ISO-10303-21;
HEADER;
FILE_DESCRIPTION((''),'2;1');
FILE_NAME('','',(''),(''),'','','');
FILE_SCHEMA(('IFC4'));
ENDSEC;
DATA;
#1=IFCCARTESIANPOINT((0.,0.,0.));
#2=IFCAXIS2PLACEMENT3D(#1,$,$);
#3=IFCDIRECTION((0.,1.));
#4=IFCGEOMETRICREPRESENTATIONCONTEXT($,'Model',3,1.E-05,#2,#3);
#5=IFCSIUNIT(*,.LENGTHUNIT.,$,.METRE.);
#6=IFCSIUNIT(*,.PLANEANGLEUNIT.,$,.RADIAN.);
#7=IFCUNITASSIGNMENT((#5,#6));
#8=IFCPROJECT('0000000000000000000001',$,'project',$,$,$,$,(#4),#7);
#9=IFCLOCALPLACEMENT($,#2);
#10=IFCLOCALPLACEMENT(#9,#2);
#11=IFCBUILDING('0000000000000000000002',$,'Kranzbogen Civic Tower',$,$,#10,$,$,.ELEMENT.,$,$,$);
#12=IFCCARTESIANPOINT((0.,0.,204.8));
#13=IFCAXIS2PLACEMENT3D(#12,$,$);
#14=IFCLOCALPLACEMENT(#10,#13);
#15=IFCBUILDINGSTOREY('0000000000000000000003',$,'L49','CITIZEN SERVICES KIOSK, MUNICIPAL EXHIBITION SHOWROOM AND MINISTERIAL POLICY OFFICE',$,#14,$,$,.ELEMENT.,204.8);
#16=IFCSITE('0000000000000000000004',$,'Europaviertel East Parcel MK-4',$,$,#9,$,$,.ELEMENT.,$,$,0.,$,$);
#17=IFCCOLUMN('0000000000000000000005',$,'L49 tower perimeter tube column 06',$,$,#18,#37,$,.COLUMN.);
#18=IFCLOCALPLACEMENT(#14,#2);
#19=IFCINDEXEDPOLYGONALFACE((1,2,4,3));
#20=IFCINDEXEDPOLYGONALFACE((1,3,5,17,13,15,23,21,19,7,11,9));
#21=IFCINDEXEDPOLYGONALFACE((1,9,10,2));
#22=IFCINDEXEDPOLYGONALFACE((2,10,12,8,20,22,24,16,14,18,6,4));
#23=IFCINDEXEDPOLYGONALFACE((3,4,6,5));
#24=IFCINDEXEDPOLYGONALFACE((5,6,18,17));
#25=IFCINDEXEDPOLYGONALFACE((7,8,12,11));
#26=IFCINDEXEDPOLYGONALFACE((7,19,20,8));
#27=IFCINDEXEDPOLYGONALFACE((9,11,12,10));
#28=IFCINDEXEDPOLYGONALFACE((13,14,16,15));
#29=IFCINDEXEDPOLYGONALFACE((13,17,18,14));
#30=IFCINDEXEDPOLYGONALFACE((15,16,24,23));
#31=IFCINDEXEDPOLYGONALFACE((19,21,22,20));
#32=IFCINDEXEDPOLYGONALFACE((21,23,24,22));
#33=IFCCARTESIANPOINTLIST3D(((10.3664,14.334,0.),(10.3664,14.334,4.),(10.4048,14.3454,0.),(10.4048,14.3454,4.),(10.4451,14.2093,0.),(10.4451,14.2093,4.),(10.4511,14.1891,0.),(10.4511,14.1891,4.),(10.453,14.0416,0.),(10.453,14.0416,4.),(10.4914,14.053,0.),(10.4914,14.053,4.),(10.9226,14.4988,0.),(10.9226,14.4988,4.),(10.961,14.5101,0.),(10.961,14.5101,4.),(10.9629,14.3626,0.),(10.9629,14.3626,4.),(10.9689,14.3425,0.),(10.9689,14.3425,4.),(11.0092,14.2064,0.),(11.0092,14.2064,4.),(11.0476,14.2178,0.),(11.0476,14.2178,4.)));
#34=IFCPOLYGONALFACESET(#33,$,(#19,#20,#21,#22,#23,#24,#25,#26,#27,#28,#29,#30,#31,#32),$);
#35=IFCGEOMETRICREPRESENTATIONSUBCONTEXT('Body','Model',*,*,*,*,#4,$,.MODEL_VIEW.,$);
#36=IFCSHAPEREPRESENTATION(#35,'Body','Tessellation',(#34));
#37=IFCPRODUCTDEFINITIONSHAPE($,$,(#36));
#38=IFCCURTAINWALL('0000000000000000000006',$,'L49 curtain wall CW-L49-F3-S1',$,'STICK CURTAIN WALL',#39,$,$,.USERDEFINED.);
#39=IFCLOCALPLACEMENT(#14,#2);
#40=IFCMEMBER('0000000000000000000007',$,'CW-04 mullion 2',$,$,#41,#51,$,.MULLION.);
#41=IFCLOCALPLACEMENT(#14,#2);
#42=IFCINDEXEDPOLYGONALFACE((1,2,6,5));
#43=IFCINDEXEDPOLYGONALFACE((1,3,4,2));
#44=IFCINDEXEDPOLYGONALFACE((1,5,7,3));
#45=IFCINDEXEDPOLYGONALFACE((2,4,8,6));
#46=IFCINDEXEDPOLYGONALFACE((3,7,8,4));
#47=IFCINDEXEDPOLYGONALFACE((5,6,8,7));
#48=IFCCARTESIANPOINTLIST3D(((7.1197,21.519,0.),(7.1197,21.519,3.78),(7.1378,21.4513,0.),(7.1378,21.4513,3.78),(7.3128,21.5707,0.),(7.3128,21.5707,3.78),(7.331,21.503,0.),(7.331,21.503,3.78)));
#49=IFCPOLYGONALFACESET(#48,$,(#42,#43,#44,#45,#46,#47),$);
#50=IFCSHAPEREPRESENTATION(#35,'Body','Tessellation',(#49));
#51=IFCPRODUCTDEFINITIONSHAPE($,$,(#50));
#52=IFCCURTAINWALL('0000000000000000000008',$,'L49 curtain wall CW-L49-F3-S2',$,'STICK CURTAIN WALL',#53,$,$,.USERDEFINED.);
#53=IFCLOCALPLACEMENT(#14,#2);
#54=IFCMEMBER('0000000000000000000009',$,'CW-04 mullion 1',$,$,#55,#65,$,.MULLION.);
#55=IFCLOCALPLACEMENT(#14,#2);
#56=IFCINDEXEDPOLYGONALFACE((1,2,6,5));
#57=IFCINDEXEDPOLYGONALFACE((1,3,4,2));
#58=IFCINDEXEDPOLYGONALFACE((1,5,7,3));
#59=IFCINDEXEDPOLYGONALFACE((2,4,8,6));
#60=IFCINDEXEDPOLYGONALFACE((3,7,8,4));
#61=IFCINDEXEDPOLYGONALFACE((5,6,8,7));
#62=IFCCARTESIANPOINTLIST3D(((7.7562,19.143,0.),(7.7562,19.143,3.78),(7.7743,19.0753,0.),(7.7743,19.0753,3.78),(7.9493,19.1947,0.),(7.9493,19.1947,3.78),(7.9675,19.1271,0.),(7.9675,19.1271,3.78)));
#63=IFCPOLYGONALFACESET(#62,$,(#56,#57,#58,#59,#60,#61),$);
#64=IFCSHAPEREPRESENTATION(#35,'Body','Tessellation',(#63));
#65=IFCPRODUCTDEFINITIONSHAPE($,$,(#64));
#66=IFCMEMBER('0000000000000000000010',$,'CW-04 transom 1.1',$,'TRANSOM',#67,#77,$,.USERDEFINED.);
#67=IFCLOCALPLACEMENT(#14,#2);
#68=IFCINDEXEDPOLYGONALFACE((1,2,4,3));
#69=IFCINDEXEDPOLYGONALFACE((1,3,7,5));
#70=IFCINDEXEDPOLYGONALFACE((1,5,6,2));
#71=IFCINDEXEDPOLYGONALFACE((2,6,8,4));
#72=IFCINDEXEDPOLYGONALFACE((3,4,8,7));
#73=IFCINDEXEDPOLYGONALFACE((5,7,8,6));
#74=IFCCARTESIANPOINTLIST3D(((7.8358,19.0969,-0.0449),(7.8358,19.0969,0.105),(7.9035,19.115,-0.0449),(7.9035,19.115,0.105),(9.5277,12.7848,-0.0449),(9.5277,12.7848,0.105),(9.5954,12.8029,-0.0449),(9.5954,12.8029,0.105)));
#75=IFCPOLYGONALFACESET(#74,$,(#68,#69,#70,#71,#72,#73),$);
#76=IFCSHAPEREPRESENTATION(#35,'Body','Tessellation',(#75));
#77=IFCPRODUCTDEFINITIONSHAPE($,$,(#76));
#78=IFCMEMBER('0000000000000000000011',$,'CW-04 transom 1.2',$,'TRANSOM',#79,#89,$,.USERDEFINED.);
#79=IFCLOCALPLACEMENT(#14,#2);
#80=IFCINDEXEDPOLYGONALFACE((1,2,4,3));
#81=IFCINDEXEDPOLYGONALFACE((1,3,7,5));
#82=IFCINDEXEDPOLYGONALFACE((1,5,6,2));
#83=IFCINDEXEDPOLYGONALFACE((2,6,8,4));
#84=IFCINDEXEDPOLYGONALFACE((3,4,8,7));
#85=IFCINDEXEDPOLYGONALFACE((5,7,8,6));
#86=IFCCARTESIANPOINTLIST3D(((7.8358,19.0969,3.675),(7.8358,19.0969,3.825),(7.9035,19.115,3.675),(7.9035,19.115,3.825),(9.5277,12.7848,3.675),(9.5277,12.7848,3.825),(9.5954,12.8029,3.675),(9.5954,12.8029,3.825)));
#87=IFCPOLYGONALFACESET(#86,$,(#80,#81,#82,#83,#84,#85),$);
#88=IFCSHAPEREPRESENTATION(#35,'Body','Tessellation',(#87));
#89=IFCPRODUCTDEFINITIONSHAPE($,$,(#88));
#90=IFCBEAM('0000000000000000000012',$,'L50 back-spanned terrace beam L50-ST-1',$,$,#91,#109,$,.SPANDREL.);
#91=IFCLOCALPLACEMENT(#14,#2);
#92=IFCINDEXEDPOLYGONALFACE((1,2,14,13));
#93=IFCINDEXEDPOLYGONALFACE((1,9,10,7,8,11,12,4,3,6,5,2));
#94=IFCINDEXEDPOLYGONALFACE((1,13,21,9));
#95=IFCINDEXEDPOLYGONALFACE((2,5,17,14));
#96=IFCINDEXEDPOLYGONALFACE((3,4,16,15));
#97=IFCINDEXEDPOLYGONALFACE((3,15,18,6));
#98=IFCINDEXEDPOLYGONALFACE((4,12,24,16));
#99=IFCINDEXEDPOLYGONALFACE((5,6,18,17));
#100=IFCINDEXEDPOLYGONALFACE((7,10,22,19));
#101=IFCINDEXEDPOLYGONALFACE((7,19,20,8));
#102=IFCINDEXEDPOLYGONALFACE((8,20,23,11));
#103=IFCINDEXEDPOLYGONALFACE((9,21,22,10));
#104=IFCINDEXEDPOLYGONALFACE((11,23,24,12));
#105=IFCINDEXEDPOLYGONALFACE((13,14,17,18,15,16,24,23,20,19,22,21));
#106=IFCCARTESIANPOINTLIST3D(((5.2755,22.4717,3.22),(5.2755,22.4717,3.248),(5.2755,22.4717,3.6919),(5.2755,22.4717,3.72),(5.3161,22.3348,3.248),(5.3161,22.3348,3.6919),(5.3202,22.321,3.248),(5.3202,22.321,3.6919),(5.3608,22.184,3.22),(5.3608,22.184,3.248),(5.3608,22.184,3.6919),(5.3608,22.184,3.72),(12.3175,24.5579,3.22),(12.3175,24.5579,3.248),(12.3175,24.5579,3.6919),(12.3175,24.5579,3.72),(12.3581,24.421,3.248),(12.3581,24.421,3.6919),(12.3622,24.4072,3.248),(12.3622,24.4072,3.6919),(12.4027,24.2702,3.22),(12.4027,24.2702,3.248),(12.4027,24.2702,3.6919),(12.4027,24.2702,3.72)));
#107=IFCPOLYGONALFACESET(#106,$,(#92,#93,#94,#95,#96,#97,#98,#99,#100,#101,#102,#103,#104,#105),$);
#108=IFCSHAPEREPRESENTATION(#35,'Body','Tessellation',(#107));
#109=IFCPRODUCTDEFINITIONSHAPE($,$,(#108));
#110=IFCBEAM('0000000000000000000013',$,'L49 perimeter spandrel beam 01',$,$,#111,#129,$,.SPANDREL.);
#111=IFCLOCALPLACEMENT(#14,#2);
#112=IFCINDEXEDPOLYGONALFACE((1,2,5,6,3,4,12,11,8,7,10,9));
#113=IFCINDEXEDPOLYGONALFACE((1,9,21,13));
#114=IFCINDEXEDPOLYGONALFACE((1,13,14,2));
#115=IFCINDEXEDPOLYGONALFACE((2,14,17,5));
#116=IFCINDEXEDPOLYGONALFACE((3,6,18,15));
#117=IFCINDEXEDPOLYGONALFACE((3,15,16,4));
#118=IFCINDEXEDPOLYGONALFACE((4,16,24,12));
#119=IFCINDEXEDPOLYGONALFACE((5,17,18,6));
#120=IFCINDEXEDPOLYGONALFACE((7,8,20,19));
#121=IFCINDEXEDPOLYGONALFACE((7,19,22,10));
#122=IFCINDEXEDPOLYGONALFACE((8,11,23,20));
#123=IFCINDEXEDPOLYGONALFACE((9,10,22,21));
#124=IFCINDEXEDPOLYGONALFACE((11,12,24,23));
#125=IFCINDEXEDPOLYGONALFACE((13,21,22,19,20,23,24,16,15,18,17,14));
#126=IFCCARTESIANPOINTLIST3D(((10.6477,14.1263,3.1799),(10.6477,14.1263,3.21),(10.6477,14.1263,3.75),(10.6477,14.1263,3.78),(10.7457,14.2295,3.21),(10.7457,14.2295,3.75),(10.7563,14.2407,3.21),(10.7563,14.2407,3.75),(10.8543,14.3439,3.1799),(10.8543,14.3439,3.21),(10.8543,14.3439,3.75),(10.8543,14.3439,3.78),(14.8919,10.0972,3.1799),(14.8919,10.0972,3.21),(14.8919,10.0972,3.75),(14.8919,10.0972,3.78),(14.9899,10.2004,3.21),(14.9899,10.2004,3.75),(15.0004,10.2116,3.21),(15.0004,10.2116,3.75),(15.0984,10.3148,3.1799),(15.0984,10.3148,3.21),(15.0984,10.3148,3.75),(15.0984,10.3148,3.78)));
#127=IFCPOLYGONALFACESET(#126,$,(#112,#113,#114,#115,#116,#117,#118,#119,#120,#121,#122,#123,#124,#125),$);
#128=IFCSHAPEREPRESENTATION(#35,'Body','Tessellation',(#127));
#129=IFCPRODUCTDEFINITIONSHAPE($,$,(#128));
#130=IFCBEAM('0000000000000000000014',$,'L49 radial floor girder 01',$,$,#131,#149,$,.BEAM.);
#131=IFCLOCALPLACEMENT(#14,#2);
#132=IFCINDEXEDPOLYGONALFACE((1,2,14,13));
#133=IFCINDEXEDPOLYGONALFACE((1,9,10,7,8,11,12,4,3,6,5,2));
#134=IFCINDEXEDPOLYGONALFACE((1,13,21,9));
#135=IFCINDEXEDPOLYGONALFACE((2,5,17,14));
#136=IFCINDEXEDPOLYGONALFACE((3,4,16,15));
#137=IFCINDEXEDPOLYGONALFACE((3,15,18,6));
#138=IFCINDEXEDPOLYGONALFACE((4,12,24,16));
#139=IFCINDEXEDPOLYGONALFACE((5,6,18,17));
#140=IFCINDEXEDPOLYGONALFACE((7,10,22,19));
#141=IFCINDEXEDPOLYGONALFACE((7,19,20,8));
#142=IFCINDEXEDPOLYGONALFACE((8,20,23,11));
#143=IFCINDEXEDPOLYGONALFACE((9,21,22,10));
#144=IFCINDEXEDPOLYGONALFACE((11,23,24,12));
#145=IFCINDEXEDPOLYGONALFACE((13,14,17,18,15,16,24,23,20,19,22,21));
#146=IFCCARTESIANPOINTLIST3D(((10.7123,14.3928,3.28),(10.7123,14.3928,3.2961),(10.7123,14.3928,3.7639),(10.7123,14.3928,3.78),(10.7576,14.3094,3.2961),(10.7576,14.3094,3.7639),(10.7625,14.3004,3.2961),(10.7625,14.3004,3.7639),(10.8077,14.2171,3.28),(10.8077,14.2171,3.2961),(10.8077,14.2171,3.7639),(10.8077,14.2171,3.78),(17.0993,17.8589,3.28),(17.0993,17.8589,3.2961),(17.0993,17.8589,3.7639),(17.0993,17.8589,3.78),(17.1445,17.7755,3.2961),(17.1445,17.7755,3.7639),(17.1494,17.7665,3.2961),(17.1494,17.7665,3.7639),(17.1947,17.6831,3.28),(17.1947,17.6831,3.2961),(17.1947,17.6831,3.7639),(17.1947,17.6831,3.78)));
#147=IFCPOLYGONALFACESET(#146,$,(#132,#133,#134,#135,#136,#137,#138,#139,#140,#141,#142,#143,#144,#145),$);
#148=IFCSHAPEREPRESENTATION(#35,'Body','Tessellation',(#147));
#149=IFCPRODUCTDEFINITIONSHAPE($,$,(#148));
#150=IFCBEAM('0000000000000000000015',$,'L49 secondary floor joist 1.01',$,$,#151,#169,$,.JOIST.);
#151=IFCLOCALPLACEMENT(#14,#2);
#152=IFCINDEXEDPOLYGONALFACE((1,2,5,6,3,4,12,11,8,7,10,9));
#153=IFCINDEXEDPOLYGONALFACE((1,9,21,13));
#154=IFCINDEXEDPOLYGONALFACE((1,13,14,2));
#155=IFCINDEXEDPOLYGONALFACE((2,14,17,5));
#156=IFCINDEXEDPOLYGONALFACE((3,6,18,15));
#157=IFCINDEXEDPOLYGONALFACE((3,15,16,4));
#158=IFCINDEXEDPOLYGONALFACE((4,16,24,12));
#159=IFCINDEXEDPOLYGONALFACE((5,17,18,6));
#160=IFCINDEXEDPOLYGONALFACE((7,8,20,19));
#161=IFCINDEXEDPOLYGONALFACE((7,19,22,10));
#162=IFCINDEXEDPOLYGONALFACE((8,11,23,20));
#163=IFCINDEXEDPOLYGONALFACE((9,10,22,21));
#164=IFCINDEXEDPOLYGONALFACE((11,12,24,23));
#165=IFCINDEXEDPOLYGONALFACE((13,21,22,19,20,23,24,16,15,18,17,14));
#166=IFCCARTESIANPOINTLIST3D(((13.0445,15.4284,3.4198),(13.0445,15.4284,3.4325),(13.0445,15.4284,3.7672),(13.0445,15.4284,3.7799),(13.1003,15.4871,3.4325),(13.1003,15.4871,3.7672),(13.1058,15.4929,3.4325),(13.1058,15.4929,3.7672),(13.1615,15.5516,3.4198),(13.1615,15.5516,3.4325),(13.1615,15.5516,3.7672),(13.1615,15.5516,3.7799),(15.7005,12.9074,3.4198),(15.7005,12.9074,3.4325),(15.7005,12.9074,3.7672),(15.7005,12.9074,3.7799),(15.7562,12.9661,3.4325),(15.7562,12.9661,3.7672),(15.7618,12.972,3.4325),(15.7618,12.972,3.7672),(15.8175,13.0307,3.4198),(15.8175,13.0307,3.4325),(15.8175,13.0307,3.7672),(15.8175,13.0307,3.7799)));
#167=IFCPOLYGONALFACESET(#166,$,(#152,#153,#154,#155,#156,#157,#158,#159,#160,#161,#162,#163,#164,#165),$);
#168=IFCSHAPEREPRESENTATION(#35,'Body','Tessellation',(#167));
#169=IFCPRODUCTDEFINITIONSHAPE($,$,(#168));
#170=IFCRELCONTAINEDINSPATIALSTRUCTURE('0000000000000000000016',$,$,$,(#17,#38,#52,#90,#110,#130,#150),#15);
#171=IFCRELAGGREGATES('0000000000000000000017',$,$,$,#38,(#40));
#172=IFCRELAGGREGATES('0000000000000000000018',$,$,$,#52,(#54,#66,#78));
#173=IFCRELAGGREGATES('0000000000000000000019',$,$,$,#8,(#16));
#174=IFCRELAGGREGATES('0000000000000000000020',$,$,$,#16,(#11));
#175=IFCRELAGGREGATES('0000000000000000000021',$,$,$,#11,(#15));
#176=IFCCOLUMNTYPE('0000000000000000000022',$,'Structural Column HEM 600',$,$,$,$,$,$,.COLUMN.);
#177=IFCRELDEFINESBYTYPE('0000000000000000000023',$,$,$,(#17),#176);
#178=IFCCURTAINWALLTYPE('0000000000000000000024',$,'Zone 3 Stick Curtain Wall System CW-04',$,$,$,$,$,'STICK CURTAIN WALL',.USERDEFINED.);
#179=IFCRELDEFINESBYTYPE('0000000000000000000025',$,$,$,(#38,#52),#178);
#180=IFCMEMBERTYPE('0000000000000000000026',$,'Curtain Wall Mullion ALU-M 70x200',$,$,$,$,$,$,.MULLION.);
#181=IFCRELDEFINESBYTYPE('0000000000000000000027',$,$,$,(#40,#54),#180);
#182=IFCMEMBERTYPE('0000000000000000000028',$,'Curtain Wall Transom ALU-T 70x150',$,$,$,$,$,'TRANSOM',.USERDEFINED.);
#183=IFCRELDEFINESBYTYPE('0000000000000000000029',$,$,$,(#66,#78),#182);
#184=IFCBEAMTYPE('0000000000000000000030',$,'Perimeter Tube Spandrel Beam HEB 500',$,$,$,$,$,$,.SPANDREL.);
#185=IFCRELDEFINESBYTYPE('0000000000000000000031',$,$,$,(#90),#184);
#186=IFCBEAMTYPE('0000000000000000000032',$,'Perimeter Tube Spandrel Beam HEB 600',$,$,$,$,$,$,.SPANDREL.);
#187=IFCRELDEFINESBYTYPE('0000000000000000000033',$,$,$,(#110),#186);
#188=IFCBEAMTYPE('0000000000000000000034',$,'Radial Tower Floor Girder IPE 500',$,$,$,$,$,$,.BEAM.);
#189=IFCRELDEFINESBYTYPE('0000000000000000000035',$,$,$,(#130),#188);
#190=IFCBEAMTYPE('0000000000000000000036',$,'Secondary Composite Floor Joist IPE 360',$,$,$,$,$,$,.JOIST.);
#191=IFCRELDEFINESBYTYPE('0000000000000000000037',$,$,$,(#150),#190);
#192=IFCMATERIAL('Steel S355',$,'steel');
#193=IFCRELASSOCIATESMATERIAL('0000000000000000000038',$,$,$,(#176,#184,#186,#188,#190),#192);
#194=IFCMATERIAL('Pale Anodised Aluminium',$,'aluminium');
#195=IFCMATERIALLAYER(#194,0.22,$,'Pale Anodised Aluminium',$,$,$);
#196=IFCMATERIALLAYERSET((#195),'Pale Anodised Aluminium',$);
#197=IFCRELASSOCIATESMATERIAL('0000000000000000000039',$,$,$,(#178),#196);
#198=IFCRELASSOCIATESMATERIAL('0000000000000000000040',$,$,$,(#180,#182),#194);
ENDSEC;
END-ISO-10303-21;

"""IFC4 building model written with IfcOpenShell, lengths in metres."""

from ifc_helpers import new_model, si_unit, direction, frame, origin, origin_2d, place, context, subcontext, project, spatial, rectangle, i_section, extrude, material, layer, layer_set, material_profile, profile_set, type_object, element, aggregate, save


model = new_model("IFC4")

# Units and contexts
model_context = context("Model", 3, precision=1e-05, world=origin(), true_north=direction((0.0, 1.0)))
body_context = subcontext(model_context, "Body", "Model", "MODEL_VIEW")
ifc_project = project(units=[si_unit("LENGTHUNIT", "METRE"), si_unit("PLANEANGLEUNIT", "RADIAN")], contexts=[model_context])

# Site, building, storey
site_placement = place(None, origin())
site = spatial("IfcSite", under=ifc_project, at=site_placement, Name="Europaviertel East Parcel MK-4", CompositionType="ELEMENT", RefElevation=0.0)
building_placement = place(site_placement, origin())
building = spatial("IfcBuilding", under=site, at=building_placement, Name="Kranzbogen Civic Tower", CompositionType="ELEMENT")
storey_placement = place(building_placement, frame((0.0, 0.0, 204.8)))
storey = spatial("IfcBuildingStorey", under=building, at=storey_placement, Name="L49", Description="CITIZEN SERVICES KIOSK, MUNICIPAL EXHIBITION SHOWROOM AND MINISTERIAL POLICY OFFICE", CompositionType="ELEMENT", Elevation=204.8)

# Column
ifc_material_1 = material(Name="Steel S355", Category="steel")
ifc_material_profile_1 = material_profile(ifc_material_1, i_section(OverallWidth=0.3049, OverallDepth=0.6201, WebThickness=0.021, FlangeThickness=0.04, at=origin_2d()), Name="HEM 600")
ifc_profile_set_1 = profile_set([ifc_material_profile_1], Name="Steel S355")
column_type = type_object("IfcColumnType", Name="Structural Column HEM 600", PredefinedType="COLUMN", material=ifc_profile_set_1)
column_placement = place(storey_placement, frame((10.707, 14.2759, 0.0), z_axis=(0.0, 0.0, 1.0), x_axis=(-0.284015, 0.95882, 0.0)))
element("IfcColumn", 1, at=column_placement, inside=storey, type_object=column_type, Name="L49 tower perimeter tube column 06", PredefinedType="COLUMN", context=body_context, shape_type="SweptSolid", body=[
    extrude(i_section(OverallWidth=0.3049, OverallDepth=0.6201, WebThickness=0.021, FlangeThickness=0.04, at=origin_2d()), origin(), (0.0, 0.0, 1.0), 4.0),
])

# Curtain wall, member
ifc_material_2 = material(Name="Pale Anodised Aluminium", Category="aluminium")
ifc_layer_1 = layer(ifc_material_2, 0.22, Name="Pale Anodised Aluminium")
ifc_layer_set_1 = layer_set([ifc_layer_1], Name="Pale Anodised Aluminium")
curtain_wall_type = type_object("IfcCurtainWallType", Name="Zone 3 Stick Curtain Wall System CW-04", ElementType="STICK CURTAIN WALL", PredefinedType="USERDEFINED", material=ifc_layer_set_1)
curtain_wall_1_placement = place(storey_placement, origin())
curtain_wall_1 = element("IfcCurtainWall", 2, at=curtain_wall_1_placement, inside=storey, type_object=curtain_wall_type, Name="L49 curtain wall CW-L49-F3-S1", ObjectType="STICK CURTAIN WALL", PredefinedType="USERDEFINED")
ifc_material_profile_2 = material_profile(ifc_material_2, rectangle(XDim=0.0701, YDim=0.2, at=origin_2d()), Name="ALU-M 70x200")
ifc_profile_set_2 = profile_set([ifc_material_profile_2], Name="Pale Anodised Aluminium")
member_type_1 = type_object("IfcMemberType", Name="Curtain Wall Mullion ALU-M 70x200", PredefinedType="MULLION", material=ifc_profile_set_2)
member_1_placement = place(storey_placement, frame((7.2253, 21.511, 0.0), z_axis=(0.0, 0.0, 1.0), x_axis=(0.258804, -0.96593, 0.0)))
member_1 = element("IfcMember", 3, at=member_1_placement, type_object=member_type_1, Name="CW-04 mullion 2", PredefinedType="MULLION", context=body_context, shape_type="SweptSolid", body=[
    extrude(rectangle(XDim=0.0701, YDim=0.2, at=origin_2d()), origin(), (0.0, 0.0, 1.0), 3.78),
])
aggregate(curtain_wall_1, [member_1])

# Curtain wall, members
curtain_wall_2_placement = place(storey_placement, origin())
curtain_wall_2 = element("IfcCurtainWall", 4, at=curtain_wall_2_placement, inside=storey, type_object=curtain_wall_type, Name="L49 curtain wall CW-L49-F3-S2", ObjectType="STICK CURTAIN WALL", PredefinedType="USERDEFINED")
member_2_placement = place(storey_placement, frame((7.8618, 19.135, 0.0), z_axis=(0.0, 0.0, 1.0), x_axis=(0.258906, -0.965902, 0.0)))
member_2 = element("IfcMember", 5, at=member_2_placement, type_object=member_type_1, Name="CW-04 mullion 1", PredefinedType="MULLION", context=body_context, shape_type="SweptSolid", body=[
    extrude(rectangle(XDim=0.0701, YDim=0.2, at=origin_2d()), origin(), (0.0, 0.0, 1.0), 3.78),
])
ifc_material_profile_3 = material_profile(ifc_material_2, rectangle(XDim=0.0701, YDim=0.1499, at=origin_2d()), Name="ALU-T 70x150")
ifc_profile_set_3 = profile_set([ifc_material_profile_3], Name="Pale Anodised Aluminium")
member_type_2 = type_object("IfcMemberType", Name="Curtain Wall Transom ALU-T 70x150", ElementType="TRANSOM", PredefinedType="USERDEFINED", material=ifc_profile_set_3)
member_3_placement = place(storey_placement, frame((7.8696, 19.106, 0.03), z_axis=(0.258904, -0.965903, 0.0), x_axis=(0.965903, 0.258904, 0.0)))
member_3 = element("IfcMember", 6, at=member_3_placement, type_object=member_type_2, Name="CW-04 transom 1.1", ObjectType="TRANSOM", PredefinedType="USERDEFINED", context=body_context, shape_type="SweptSolid", body=[
    extrude(rectangle(XDim=0.0701, YDim=0.1499, at=origin_2d()), origin(), (0.0, 0.0, 1.0), 6.5349),
])
member_4_placement = place(storey_placement, frame((7.8696, 19.106, 3.75), z_axis=(0.258904, -0.965903, 0.0), x_axis=(0.965903, 0.258904, 0.0)))
member_4 = element("IfcMember", 7, at=member_4_placement, type_object=member_type_2, Name="CW-04 transom 1.2", ObjectType="TRANSOM", PredefinedType="USERDEFINED", context=body_context, shape_type="SweptSolid", body=[
    extrude(rectangle(XDim=0.0701, YDim=0.1499, at=origin_2d()), origin(), (0.0, 0.0, 1.0), 6.5349),
])

# Beams
ifc_material_profile_4 = material_profile(ifc_material_1, i_section(OverallWidth=0.3, OverallDepth=0.5, WebThickness=0.0144, FlangeThickness=0.0281, at=origin_2d()), Name="HEB 500")
ifc_profile_set_4 = profile_set([ifc_material_profile_4], Name="Steel S355")
beam_type_1 = type_object("IfcBeamType", Name="Perimeter Tube Spandrel Beam HEB 500", PredefinedType="SPANDREL", material=ifc_profile_set_4)
beam_1_placement = place(storey_placement, frame((12.3601, 24.4141, 3.47), z_axis=(-0.958811, -0.284046, 0.0), x_axis=(0.284046, -0.958811, 0.0)))
element("IfcBeam", 8, at=beam_1_placement, inside=storey, type_object=beam_type_1, Name="L50 back-spanned terrace beam L50-ST-1", PredefinedType="SPANDREL", context=body_context, shape_type="SweptSolid", body=[
    extrude(i_section(OverallWidth=0.3, OverallDepth=0.5, WebThickness=0.0144, FlangeThickness=0.0281, at=origin_2d()), origin(), (0.0, 0.0, 1.0), 7.3445),
])
ifc_material_profile_5 = material_profile(ifc_material_1, i_section(OverallWidth=0.3, OverallDepth=0.6001, WebThickness=0.0154, FlangeThickness=0.03, at=origin_2d()), Name="HEB 600")
ifc_profile_set_5 = profile_set([ifc_material_profile_5], Name="Steel S355")
beam_type_2 = type_object("IfcBeamType", Name="Perimeter Tube Spandrel Beam HEB 600", PredefinedType="SPANDREL", material=ifc_profile_set_5)
beam_2_placement = place(storey_placement, frame((10.751, 14.2351, 3.48), z_axis=(0.725245, -0.688491, 0.0), x_axis=(0.688491, 0.725245, 0.0)))
element("IfcBeam", 9, at=beam_2_placement, inside=storey, type_object=beam_type_2, Name="L49 perimeter spandrel beam 01", PredefinedType="SPANDREL", context=body_context, shape_type="SweptSolid", body=[
    extrude(i_section(OverallWidth=0.3, OverallDepth=0.6001, WebThickness=0.0154, FlangeThickness=0.03, at=origin_2d()), origin(), (0.0, 0.0, 1.0), 5.8521),
])
ifc_material_profile_6 = material_profile(ifc_material_1, i_section(OverallWidth=0.2, OverallDepth=0.5, WebThickness=0.0103, FlangeThickness=0.0161, at=origin_2d()), Name="IPE 500")
ifc_profile_set_6 = profile_set([ifc_material_profile_6], Name="Steel S355")
beam_type_3 = type_object("IfcBeamType", Name="Radial Tower Floor Girder IPE 500", PredefinedType="BEAM", material=ifc_profile_set_6)
beam_3_placement = place(storey_placement, frame((10.76, 14.3049, 3.53), z_axis=(0.878919, 0.47697, 0.0), x_axis=(-0.47697, 0.878919, 0.0)))
element("IfcBeam", 10, at=beam_3_placement, inside=storey, type_object=beam_type_3, Name="L49 radial floor girder 01", PredefinedType="BEAM", context=body_context, shape_type="SweptSolid", body=[
    extrude(i_section(OverallWidth=0.2, OverallDepth=0.5, WebThickness=0.0103, FlangeThickness=0.0161, at=origin_2d()), origin(), (0.0, 0.0, 1.0), 7.2668),
])
ifc_material_profile_7 = material_profile(ifc_material_1, i_section(OverallWidth=0.1699, OverallDepth=0.3601, WebThickness=0.0081, FlangeThickness=0.0127, at=origin_2d()), Name="IPE 360")
ifc_profile_set_7 = profile_set([ifc_material_profile_7], Name="Steel S355")
beam_type_4 = type_object("IfcBeamType", Name="Secondary Composite Floor Joist IPE 360", PredefinedType="JOIST", material=ifc_profile_set_7)
beam_4_placement = place(storey_placement, frame((13.103, 15.49, 3.5999), z_axis=(0.725301, -0.688432, 0.0), x_axis=(0.688432, 0.725301, 0.0)))
element("IfcBeam", 11, at=beam_4_placement, inside=storey, type_object=beam_type_4, Name="L49 secondary floor joist 1.01", PredefinedType="JOIST", context=body_context, shape_type="SweptSolid", body=[
    extrude(i_section(OverallWidth=0.1699, OverallDepth=0.3601, WebThickness=0.0081, FlangeThickness=0.0127, at=origin_2d()), origin(), (0.0, 0.0, 1.0), 3.6619),
])

aggregate(curtain_wall_2, [member_2, member_3, member_4])

save(model, "model.ifc")
